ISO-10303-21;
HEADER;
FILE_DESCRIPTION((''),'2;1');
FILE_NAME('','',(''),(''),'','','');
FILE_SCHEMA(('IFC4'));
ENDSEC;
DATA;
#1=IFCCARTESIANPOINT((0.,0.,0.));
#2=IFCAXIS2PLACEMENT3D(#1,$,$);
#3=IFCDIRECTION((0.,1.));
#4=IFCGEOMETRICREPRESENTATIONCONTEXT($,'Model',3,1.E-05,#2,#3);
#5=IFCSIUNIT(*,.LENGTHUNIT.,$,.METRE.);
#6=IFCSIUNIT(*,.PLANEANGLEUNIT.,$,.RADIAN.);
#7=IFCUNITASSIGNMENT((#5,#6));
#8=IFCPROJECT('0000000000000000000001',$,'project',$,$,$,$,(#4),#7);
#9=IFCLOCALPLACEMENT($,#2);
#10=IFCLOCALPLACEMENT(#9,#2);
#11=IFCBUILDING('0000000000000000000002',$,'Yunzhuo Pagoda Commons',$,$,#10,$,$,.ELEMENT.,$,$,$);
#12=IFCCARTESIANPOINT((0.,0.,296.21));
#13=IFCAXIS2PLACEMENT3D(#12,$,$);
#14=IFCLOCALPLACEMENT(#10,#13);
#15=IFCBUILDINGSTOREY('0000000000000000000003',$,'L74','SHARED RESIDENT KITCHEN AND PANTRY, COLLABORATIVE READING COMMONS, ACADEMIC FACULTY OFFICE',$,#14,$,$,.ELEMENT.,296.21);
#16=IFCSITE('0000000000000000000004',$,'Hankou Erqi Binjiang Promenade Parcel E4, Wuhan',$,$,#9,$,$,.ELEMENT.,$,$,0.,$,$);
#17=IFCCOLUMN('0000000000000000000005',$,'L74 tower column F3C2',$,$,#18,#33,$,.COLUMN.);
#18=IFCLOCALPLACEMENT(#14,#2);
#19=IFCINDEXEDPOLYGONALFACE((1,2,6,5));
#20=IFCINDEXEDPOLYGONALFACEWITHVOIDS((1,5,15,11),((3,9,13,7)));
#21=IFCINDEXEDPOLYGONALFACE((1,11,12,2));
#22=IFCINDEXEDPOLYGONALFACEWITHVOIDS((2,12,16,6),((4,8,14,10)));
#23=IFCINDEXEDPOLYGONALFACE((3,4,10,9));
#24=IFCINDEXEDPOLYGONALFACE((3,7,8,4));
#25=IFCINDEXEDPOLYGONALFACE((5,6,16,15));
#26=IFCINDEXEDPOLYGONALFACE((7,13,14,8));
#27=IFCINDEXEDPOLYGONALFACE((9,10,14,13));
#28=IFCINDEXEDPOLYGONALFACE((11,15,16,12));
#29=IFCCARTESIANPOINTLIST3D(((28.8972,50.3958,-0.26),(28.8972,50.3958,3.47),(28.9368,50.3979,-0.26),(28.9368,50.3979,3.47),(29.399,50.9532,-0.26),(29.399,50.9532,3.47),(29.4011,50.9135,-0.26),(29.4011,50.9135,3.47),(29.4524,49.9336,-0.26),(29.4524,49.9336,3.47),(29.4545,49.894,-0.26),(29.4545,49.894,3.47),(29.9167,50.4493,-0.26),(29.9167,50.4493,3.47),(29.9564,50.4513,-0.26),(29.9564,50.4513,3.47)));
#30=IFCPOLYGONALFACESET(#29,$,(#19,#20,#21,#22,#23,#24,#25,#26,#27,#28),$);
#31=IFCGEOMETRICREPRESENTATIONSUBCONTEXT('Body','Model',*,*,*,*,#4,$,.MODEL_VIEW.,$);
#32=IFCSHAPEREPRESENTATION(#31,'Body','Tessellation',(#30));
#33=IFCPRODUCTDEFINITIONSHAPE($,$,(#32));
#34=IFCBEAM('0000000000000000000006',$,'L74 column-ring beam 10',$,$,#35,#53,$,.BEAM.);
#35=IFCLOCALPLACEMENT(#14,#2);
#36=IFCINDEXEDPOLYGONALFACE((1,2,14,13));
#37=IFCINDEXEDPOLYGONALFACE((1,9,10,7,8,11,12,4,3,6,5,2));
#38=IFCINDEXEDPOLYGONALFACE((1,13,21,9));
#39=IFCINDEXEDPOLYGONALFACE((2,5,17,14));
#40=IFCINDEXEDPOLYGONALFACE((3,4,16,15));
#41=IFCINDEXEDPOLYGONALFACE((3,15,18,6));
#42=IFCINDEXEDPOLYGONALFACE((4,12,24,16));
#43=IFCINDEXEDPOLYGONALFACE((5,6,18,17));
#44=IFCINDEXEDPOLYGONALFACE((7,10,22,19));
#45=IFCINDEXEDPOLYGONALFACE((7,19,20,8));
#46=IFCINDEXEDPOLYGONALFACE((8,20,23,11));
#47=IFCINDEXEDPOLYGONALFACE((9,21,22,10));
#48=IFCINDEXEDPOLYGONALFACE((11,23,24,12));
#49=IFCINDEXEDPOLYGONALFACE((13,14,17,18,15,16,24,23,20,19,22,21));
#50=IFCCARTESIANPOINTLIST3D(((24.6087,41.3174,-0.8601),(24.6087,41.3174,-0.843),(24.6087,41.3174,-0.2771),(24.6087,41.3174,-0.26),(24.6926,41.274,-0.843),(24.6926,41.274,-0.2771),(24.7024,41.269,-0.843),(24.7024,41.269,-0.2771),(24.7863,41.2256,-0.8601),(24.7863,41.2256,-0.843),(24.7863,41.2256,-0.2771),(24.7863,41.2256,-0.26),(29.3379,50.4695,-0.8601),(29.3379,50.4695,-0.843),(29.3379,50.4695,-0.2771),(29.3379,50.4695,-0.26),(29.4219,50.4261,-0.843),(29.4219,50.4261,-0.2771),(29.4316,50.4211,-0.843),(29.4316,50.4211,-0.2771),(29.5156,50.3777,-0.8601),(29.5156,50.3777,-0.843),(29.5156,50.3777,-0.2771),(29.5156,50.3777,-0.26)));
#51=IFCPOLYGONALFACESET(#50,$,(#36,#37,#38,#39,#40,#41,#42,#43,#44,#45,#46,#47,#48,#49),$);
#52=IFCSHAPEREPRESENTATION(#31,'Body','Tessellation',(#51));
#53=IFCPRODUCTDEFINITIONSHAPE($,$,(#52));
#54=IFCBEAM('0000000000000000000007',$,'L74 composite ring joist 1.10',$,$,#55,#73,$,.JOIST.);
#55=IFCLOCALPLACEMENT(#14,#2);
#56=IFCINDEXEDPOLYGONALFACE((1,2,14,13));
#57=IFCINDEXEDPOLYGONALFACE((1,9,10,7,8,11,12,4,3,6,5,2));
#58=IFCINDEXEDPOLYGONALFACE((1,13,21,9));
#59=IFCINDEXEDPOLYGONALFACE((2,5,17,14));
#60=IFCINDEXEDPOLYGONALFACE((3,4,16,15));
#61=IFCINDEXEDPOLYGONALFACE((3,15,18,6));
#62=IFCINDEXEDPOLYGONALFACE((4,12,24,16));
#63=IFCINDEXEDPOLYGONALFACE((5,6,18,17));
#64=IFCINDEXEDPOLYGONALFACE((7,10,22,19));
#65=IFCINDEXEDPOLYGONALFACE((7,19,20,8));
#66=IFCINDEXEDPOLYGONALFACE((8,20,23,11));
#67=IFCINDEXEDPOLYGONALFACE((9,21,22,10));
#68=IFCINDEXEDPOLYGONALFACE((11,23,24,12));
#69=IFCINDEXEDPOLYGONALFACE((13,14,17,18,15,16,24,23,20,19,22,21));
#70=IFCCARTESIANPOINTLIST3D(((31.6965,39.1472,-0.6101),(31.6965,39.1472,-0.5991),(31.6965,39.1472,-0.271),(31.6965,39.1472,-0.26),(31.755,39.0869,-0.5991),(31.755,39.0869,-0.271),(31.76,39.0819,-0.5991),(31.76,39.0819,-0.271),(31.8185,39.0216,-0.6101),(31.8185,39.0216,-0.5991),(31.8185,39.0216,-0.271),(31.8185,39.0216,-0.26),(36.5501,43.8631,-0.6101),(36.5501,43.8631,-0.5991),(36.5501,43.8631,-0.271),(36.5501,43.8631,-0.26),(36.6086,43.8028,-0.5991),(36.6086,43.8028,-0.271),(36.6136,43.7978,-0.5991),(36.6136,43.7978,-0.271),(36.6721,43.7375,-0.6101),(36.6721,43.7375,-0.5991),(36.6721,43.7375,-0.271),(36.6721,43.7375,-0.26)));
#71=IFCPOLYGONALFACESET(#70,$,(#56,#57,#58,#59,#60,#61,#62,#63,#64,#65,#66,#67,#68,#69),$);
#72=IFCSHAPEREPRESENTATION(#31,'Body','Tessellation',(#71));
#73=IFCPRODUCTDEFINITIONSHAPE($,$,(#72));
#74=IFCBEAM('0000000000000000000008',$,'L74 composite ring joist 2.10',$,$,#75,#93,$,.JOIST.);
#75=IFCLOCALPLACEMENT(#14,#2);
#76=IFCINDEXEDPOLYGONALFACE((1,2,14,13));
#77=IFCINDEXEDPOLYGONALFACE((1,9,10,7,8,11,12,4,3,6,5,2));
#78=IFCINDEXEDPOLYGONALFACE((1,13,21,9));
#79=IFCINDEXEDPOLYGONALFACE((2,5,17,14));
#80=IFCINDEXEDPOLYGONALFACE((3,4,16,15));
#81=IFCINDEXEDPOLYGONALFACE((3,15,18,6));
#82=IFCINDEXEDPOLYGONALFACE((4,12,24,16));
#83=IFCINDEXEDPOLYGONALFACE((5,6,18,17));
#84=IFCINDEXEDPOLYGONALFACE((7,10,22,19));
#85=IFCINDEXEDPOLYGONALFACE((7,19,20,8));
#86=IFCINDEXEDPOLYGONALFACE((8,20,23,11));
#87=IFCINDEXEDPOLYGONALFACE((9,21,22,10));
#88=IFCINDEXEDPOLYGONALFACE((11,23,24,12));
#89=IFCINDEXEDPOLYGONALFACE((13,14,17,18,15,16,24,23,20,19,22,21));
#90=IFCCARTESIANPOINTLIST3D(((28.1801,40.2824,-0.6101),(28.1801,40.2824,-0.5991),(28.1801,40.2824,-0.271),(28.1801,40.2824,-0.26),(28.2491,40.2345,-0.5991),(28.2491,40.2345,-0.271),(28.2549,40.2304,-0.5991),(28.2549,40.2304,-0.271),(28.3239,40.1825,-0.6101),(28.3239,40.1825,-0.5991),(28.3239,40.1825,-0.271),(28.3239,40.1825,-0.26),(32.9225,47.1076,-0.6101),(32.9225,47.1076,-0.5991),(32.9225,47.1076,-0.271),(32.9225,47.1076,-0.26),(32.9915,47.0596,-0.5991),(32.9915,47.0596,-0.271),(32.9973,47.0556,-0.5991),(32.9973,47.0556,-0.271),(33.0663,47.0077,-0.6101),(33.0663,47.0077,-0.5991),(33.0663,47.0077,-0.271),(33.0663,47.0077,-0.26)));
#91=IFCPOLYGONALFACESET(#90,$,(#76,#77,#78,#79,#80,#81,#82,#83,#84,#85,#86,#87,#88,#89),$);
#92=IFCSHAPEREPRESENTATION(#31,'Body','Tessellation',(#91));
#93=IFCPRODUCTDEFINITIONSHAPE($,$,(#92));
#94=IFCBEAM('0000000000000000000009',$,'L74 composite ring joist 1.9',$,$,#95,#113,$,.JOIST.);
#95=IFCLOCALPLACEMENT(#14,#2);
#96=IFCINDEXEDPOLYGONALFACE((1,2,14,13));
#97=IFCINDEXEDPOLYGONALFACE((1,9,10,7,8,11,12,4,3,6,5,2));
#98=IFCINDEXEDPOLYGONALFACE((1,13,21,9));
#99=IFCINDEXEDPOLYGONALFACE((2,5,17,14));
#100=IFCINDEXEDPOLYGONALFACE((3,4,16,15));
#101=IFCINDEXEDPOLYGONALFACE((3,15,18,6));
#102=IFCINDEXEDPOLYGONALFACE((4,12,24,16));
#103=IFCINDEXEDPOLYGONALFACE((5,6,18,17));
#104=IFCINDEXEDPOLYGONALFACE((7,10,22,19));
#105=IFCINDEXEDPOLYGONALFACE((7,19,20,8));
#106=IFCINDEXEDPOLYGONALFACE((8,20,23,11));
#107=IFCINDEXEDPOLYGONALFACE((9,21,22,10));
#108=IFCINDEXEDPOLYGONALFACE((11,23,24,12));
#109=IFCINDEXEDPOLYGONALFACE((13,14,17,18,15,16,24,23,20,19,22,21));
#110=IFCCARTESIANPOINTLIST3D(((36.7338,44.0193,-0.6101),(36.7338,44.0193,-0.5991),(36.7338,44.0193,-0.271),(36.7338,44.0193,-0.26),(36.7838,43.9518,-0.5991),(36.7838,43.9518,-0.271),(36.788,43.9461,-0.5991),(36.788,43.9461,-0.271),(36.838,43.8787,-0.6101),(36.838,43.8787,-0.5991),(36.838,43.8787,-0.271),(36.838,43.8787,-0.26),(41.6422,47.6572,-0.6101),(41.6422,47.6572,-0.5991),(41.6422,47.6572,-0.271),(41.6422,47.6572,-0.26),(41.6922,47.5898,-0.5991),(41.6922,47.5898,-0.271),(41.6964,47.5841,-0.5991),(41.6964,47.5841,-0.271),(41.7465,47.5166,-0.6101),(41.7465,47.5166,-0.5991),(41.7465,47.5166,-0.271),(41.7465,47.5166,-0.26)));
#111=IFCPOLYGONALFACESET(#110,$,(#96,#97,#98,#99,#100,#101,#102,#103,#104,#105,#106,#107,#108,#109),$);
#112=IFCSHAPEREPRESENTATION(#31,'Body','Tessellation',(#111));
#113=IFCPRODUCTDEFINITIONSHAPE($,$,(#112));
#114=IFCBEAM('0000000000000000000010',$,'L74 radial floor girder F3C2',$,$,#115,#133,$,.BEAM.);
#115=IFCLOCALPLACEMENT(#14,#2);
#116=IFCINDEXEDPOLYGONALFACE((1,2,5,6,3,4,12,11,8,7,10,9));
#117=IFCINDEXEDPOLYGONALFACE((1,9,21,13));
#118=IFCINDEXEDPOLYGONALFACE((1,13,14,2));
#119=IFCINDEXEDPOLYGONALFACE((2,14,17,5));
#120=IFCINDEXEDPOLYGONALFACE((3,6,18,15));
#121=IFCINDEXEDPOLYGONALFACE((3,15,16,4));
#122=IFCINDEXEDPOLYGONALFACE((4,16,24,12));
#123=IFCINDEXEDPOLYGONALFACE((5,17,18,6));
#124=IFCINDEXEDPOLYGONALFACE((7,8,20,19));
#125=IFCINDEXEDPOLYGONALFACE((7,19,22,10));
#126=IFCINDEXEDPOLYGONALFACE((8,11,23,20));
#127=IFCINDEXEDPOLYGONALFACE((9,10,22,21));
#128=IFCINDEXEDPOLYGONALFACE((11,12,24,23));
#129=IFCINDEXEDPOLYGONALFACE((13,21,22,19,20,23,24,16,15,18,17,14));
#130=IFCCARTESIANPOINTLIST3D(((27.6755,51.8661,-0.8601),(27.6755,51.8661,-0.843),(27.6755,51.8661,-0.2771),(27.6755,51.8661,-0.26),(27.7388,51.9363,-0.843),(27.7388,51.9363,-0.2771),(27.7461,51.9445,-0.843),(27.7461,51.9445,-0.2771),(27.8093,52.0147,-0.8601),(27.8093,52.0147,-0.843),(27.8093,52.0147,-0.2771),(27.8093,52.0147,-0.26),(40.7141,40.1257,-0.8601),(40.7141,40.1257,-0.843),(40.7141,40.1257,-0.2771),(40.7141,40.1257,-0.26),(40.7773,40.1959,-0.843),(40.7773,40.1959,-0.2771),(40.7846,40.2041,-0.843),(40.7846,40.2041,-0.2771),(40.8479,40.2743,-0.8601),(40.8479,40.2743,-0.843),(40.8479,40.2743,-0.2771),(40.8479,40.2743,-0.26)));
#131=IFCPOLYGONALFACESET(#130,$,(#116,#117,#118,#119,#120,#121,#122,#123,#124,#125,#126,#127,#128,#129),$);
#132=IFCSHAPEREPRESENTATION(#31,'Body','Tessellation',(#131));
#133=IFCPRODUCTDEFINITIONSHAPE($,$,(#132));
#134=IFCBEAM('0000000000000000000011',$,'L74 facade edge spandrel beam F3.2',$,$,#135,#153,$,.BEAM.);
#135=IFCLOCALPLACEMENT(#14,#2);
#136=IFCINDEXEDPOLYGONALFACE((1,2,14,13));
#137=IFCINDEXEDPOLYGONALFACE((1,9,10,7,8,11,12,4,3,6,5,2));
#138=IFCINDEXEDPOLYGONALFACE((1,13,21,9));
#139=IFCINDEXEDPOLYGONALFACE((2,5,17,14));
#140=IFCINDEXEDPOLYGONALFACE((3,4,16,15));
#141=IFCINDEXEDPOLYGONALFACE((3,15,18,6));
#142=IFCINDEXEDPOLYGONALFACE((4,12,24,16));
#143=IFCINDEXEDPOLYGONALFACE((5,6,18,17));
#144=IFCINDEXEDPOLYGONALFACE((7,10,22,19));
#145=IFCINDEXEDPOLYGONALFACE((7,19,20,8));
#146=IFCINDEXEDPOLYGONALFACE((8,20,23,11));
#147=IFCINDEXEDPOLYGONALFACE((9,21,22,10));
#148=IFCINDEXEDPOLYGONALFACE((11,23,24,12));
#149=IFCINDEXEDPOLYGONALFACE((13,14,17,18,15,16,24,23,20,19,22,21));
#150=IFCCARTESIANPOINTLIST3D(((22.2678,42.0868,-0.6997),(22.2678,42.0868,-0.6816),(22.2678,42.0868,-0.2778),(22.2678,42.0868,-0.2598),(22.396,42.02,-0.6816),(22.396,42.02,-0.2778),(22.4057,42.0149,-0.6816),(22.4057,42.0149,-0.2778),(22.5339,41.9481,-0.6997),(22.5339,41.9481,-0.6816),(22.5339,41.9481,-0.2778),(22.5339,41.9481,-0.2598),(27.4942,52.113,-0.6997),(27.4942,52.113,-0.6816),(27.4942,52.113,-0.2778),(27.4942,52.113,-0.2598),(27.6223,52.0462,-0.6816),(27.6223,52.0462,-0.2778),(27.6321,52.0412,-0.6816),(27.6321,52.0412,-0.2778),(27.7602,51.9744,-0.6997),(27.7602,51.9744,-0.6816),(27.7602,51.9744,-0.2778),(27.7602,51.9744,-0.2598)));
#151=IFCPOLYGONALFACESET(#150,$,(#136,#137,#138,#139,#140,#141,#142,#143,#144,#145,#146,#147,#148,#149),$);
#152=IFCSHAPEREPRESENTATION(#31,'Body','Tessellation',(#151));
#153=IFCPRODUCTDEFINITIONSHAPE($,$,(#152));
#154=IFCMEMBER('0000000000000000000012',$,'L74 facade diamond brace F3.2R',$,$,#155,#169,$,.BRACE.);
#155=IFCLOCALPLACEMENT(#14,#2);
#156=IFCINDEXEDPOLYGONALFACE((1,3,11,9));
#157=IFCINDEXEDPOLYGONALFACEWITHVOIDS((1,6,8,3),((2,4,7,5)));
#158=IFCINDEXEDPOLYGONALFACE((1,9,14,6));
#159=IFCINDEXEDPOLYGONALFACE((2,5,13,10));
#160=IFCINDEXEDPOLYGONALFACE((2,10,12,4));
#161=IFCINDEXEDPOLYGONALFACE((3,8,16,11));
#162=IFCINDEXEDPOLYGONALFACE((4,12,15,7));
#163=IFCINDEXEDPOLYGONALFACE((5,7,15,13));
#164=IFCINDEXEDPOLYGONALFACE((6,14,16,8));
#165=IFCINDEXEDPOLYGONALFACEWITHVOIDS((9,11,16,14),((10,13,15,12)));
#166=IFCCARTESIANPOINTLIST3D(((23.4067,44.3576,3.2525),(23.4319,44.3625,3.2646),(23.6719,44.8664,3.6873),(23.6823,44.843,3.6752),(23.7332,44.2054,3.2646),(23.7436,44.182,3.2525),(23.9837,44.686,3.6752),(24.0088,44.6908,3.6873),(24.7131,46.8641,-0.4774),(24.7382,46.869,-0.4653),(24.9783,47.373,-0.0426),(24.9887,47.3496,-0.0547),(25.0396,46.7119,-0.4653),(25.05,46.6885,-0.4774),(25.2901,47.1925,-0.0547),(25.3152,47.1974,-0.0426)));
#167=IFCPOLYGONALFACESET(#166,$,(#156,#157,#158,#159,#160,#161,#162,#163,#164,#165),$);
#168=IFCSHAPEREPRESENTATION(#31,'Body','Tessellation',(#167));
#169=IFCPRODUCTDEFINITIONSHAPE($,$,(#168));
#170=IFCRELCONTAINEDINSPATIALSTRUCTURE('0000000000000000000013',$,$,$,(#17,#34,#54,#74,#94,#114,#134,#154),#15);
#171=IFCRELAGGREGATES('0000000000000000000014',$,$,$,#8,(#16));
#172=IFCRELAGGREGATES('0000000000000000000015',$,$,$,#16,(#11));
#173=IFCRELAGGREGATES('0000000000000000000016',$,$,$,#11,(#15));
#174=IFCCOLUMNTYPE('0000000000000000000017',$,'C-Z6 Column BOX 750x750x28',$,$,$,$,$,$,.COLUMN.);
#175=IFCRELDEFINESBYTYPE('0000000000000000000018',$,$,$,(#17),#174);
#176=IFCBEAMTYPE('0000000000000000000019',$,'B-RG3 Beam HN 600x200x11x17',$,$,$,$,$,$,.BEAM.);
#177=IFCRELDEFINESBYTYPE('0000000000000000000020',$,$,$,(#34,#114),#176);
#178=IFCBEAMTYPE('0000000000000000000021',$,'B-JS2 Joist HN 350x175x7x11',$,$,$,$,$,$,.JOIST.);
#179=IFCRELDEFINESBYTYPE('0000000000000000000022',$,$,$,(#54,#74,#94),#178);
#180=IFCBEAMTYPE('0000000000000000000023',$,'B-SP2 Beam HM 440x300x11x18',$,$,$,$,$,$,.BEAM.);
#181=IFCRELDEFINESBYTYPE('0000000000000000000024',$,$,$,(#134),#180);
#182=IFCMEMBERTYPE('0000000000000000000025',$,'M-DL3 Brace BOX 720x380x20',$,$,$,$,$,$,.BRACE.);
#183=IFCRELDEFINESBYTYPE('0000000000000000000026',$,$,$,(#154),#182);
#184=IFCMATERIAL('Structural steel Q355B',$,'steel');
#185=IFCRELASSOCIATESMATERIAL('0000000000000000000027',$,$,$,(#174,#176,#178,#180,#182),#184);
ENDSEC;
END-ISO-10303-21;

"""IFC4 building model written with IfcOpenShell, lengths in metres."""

from ifc_helpers import new_model, si_unit, direction, frame, origin, origin_2d, place, context, subcontext, project, spatial, hollow_rectangle, i_section, extrude, source, transform, mapped, material, material_profile, profile_set, type_object, element, save


model = new_model("IFC4")

# Units and contexts
model_context = context("Model", 3, precision=1e-05, world=origin(), true_north=direction((0.0, 1.0)))
body_context = subcontext(model_context, "Body", "Model", "MODEL_VIEW")
ifc_project = project(units=[si_unit("LENGTHUNIT", "METRE"), si_unit("PLANEANGLEUNIT", "RADIAN")], contexts=[model_context])

# Site, building, storey
site_placement = place(None, origin())
site = spatial("IfcSite", under=ifc_project, at=site_placement, Name="Hankou Erqi Binjiang Promenade Parcel E4, Wuhan", CompositionType="ELEMENT", RefElevation=0.0)
building_placement = place(site_placement, origin())
building = spatial("IfcBuilding", under=site, at=building_placement, Name="Yunzhuo Pagoda Commons", CompositionType="ELEMENT")
storey_placement = place(building_placement, frame((0.0, 0.0, 296.21)))
storey = spatial("IfcBuildingStorey", under=building, at=storey_placement, Name="L74", Description="SHARED RESIDENT KITCHEN AND PANTRY, COLLABORATIVE READING COMMONS, ACADEMIC FACULTY OFFICE", CompositionType="ELEMENT", Elevation=296.21)

# Column
ifc_material_1 = material(Name="Structural steel Q355B", Category="steel")
ifc_material_profile_1 = material_profile(ifc_material_1, hollow_rectangle(XDim=0.75, YDim=0.75, WallThickness=0.0281, at=origin_2d()), Name="Structural steel Q355B")
ifc_profile_set_1 = profile_set([ifc_material_profile_1], Name="Structural steel Q355B")
column_type = type_object("IfcColumnType", Name="C-Z6 Column BOX 750x750x28", PredefinedType="COLUMN", material=ifc_profile_set_1)
shared_shape_1 = source(origin(), body_context, "Body", "SweptSolid", [
    extrude(hollow_rectangle(XDim=0.75, YDim=0.75, WallThickness=0.0281, at=origin_2d()), origin(), (0.0, 0.0, 1.0), 3.73),
])
column_placement = place(storey_placement, frame((29.4268, 50.4236, -0.26), z_axis=(0.0, 0.0, 1.0), x_axis=(-0.669131, -0.743145, 0.0)))
element("IfcColumn", 1, at=column_placement, inside=storey, type_object=column_type, Name="L74 tower column F3C2", PredefinedType="COLUMN", context=body_context, shape_type="MappedRepresentation", body=[
    mapped(shared_shape_1, transform((0.0, 0.0, 0.0), scale=1.0)),
])

# Beams
ifc_material_profile_2 = material_profile(ifc_material_1, i_section(OverallWidth=0.2, OverallDepth=0.6001, WebThickness=0.011, FlangeThickness=0.0171, at=origin_2d()), Name="Structural steel Q355B")
ifc_profile_set_2 = profile_set([ifc_material_profile_2], Name="Structural steel Q355B")
beam_type_1 = type_object("IfcBeamType", Name="B-RG3 Beam HN 600x200x11x17", PredefinedType="BEAM", material=ifc_profile_set_2)
shared_shape_2 = source(origin(), body_context, "Body", "SweptSolid", [
    extrude(i_section(OverallWidth=0.2, OverallDepth=0.6001, WebThickness=0.011, FlangeThickness=0.0171, at=origin_2d()), origin(), (0.0, 0.0, 1.0), 10.3018),
])
beam_1_placement = place(storey_placement, frame((29.4268, 50.4236, -0.5601), z_axis=(-0.459071, -0.8884, 0.0), x_axis=(0.8884, -0.459071, 0.0)))
element("IfcBeam", 2, at=beam_1_placement, inside=storey, type_object=beam_type_1, Name="L74 column-ring beam 10", PredefinedType="BEAM", context=body_context, shape_type="MappedRepresentation", body=[
    mapped(shared_shape_2, transform((0.0, 0.0, 0.0), scale=1.0)),
])
ifc_material_profile_3 = material_profile(ifc_material_1, i_section(OverallWidth=0.175, OverallDepth=0.3501, WebThickness=0.0071, FlangeThickness=0.011, at=origin_2d()), Name="Structural steel Q355B")
ifc_profile_set_3 = profile_set([ifc_material_profile_3], Name="Structural steel Q355B")
beam_type_2 = type_object("IfcBeamType", Name="B-JS2 Joist HN 350x175x7x11", PredefinedType="JOIST", material=ifc_profile_set_3)
shared_shape_3 = source(origin(), body_context, "Body", "SweptSolid", [
    extrude(i_section(OverallWidth=0.175, OverallDepth=0.3501, WebThickness=0.0071, FlangeThickness=0.011, at=origin_2d()), origin(), (0.0, 0.0, 1.0), 6.7673),
])
beam_2_placement = place(storey_placement, frame((36.6111, 43.8003, -0.4351), z_axis=(-0.717207, -0.69686, 0.0), x_axis=(0.69686, -0.717207, 0.0)))
element("IfcBeam", 3, at=beam_2_placement, inside=storey, type_object=beam_type_2, Name="L74 composite ring joist 1.10", PredefinedType="JOIST", context=body_context, shape_type="MappedRepresentation", body=[
    mapped(shared_shape_3, transform((0.0, 0.0, 0.0), scale=1.0)),
])
shared_shape_4 = source(origin(), body_context, "Body", "SweptSolid", [
    extrude(i_section(OverallWidth=0.175, OverallDepth=0.3501, WebThickness=0.0071, FlangeThickness=0.011, at=origin_2d()), origin(), (0.0, 0.0, 1.0), 8.311),
])
beam_3_placement = place(storey_placement, frame((32.9944, 47.0576, -0.4351), z_axis=(-0.570616, -0.821217, 0.0), x_axis=(0.821217, -0.570616, 0.0)))
element("IfcBeam", 4, at=beam_3_placement, inside=storey, type_object=beam_type_2, Name="L74 composite ring joist 2.10", PredefinedType="JOIST", context=body_context, shape_type="MappedRepresentation", body=[
    mapped(shared_shape_4, transform((0.0, 0.0, 0.0), scale=1.0)),
])
shared_shape_5 = source(origin(), body_context, "Body", "SweptSolid", [
    extrude(i_section(OverallWidth=0.175, OverallDepth=0.3501, WebThickness=0.0071, FlangeThickness=0.011, at=origin_2d()), origin(), (0.0, 0.0, 1.0), 6.1096),
])
beam_4_placement = place(storey_placement, frame((41.6943, 47.5869, -0.4351), z_axis=(-0.803396, -0.595444, 0.0), x_axis=(0.595444, -0.803396, 0.0)))
element("IfcBeam", 5, at=beam_4_placement, inside=storey, type_object=beam_type_2, Name="L74 composite ring joist 1.9", PredefinedType="JOIST", context=body_context, shape_type="MappedRepresentation", body=[
    mapped(shared_shape_5, transform((0.0, 0.0, 0.0), scale=1.0)),
])
shared_shape_6 = source(origin(), body_context, "Body", "SweptSolid", [
    extrude(i_section(OverallWidth=0.2, OverallDepth=0.6001, WebThickness=0.011, FlangeThickness=0.0171, at=origin_2d()), origin(), (0.0, 0.0, 1.0), 17.5454),
])
beam_5_placement = place(storey_placement, frame((27.7424, 51.9404, -0.5601), z_axis=(0.743131, -0.669146, 0.0), x_axis=(0.669146, 0.743131, 0.0)))
element("IfcBeam", 6, at=beam_5_placement, inside=storey, type_object=beam_type_1, Name="L74 radial floor girder F3C2", PredefinedType="BEAM", context=body_context, shape_type="MappedRepresentation", body=[
    mapped(shared_shape_6, transform((0.0, 0.0, 0.0), scale=1.0)),
])
ifc_material_profile_4 = material_profile(ifc_material_1, i_section(OverallWidth=0.3, OverallDepth=0.4399, WebThickness=0.011, FlangeThickness=0.0181, at=origin_2d()), Name="Structural steel Q355B")
ifc_profile_set_4 = profile_set([ifc_material_profile_4], Name="Structural steel Q355B")
beam_type_3 = type_object("IfcBeamType", Name="B-SP2 Beam HM 440x300x11x18", PredefinedType="BEAM", material=ifc_profile_set_4)
shared_shape_7 = source(origin(), body_context, "Body", "SweptSolid", [
    extrude(i_section(OverallWidth=0.3, OverallDepth=0.4399, WebThickness=0.011, FlangeThickness=0.0181, at=origin_2d()), origin(), (0.0, 0.0, 1.0), 11.3066),
])
beam_6_placement = place(storey_placement, frame((27.6272, 52.0437, -0.4797), z_axis=(-0.462239, -0.886755, 0.0), x_axis=(0.886755, -0.462239, 0.0)))
element("IfcBeam", 7, at=beam_6_placement, inside=storey, type_object=beam_type_3, Name="L74 facade edge spandrel beam F3.2", PredefinedType="BEAM", context=body_context, shape_type="MappedRepresentation", body=[
    mapped(shared_shape_7, transform((0.0, 0.0, 0.0), scale=1.0)),
])

# Member
ifc_material_profile_5 = material_profile(ifc_material_1, hollow_rectangle(XDim=0.3799, YDim=0.72, WallThickness=0.02, at=origin_2d()), Name="Structural steel Q355B")
ifc_profile_set_5 = profile_set([ifc_material_profile_5], Name="Structural steel Q355B")
member_type_1 = type_object("IfcMemberType", Name="M-DL3 Brace BOX 720x380x20", PredefinedType="BRACE", material=ifc_profile_set_5)
shared_shape_8 = source(origin(), body_context, "Body", "SweptSolid", [
    extrude(hollow_rectangle(XDim=0.3799, YDim=0.72, WallThickness=0.02, at=origin_2d()), origin(), (0.0, 0.0, 1.0), 4.6799),
])
member_1_placement = place(storey_placement, frame((25.0142, 47.0308, -0.26), z_axis=(-0.279144, -0.535596, 0.797004), x_axis=(0.886787, -0.462179, 0.0)))
element("IfcMember", 8, at=member_1_placement, inside=storey, type_object=member_type_1, Name="L74 facade diamond brace F3.2R", PredefinedType="BRACE", context=body_context, shape_type="MappedRepresentation", body=[
    mapped(shared_shape_8, transform((0.0, 0.0, 0.0), scale=1.0)),
])

save(model, "model.ifc")
